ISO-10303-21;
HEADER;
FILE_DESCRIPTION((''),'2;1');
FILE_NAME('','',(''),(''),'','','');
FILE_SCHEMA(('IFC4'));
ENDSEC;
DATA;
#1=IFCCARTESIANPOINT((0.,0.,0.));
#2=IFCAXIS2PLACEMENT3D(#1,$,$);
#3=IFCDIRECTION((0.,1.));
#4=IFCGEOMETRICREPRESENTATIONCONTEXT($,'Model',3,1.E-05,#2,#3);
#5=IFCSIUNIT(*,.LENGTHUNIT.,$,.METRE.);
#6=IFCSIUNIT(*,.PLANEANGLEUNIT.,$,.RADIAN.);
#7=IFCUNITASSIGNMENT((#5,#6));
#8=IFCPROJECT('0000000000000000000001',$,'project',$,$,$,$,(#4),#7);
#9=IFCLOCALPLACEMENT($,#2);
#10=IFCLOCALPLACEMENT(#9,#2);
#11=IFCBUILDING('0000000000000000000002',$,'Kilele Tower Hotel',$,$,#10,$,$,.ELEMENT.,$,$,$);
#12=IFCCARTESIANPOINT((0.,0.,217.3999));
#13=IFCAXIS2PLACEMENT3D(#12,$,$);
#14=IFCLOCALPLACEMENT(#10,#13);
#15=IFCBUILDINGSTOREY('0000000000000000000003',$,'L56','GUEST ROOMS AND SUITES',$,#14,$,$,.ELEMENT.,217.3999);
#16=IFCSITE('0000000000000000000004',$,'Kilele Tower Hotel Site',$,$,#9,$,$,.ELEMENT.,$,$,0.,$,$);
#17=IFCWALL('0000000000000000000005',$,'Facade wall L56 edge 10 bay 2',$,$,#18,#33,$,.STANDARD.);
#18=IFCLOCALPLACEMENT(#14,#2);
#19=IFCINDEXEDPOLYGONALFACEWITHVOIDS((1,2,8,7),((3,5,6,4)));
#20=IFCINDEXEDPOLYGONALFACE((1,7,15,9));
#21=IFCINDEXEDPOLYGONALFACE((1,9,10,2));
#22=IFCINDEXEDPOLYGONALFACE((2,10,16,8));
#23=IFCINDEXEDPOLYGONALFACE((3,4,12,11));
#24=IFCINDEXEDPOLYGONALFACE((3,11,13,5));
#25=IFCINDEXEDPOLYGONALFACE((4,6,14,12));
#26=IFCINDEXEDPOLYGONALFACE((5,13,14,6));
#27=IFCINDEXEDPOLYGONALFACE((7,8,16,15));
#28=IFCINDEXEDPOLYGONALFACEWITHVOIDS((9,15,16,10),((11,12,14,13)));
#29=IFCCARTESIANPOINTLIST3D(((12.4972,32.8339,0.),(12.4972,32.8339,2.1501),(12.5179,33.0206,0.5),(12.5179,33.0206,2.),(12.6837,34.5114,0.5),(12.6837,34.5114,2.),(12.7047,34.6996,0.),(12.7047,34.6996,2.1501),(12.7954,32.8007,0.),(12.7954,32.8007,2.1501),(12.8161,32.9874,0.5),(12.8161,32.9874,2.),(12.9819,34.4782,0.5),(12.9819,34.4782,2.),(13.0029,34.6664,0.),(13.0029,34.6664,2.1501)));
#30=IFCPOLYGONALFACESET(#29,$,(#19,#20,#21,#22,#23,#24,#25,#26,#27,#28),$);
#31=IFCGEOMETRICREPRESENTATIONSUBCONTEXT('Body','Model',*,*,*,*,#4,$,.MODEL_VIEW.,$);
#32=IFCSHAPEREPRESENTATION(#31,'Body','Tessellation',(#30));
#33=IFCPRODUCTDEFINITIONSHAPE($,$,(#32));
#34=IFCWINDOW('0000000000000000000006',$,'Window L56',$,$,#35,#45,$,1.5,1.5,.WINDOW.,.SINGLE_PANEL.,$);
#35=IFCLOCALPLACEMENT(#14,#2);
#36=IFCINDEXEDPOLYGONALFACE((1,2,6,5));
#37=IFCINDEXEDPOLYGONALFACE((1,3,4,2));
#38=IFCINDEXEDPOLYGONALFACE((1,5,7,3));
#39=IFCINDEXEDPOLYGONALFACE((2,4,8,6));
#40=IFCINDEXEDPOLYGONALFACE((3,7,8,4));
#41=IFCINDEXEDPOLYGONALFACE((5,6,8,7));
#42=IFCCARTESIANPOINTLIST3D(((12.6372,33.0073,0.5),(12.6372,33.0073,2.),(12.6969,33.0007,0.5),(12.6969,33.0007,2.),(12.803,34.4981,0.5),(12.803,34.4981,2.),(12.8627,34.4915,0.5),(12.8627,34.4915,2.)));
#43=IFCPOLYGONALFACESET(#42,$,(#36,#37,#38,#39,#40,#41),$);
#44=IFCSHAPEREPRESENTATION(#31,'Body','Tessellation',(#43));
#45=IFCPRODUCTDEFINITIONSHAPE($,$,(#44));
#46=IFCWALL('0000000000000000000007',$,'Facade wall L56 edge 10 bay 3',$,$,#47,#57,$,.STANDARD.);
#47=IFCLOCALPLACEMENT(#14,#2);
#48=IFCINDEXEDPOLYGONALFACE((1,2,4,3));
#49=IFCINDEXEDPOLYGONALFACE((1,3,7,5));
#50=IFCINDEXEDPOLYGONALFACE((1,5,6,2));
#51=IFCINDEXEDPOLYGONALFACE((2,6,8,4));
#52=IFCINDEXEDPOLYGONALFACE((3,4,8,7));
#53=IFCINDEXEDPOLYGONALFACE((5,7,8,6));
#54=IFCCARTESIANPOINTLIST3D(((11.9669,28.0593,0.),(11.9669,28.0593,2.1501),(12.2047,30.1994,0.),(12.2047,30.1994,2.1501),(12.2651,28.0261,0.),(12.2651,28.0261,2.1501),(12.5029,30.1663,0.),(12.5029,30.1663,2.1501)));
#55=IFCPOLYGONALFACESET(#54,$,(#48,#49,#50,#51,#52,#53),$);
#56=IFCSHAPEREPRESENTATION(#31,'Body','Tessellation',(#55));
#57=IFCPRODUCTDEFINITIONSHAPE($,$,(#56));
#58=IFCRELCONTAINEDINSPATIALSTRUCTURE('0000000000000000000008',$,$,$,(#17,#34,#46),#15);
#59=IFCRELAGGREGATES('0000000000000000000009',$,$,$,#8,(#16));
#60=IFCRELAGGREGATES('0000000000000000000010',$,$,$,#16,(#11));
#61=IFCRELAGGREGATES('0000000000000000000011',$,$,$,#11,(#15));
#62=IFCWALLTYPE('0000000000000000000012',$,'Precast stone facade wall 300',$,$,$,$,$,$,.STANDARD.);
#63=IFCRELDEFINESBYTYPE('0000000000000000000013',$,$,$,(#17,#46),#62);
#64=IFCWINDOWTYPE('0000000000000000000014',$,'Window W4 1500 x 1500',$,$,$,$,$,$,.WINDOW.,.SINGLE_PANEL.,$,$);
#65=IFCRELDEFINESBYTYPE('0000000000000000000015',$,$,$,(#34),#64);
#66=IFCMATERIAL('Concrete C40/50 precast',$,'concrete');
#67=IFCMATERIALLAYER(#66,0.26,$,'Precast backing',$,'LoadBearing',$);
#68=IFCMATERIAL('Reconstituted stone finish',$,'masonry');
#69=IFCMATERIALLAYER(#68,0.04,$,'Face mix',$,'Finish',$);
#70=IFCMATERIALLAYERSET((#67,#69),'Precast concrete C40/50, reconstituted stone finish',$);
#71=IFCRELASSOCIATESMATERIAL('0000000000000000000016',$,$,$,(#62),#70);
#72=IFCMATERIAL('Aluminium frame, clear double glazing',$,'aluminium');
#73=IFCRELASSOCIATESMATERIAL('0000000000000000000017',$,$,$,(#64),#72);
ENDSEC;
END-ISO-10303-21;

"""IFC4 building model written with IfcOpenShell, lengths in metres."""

from ifc_helpers import new_model, si_unit, direction, frame, frame_2d, origin, place, context, subcontext, project, spatial, rectangle, extrude, material, layer, layer_set, type_object, element, fill, save


model = new_model("IFC4")

# Units and contexts
model_context = context("Model", 3, precision=1e-05, world=origin(), true_north=direction((0.0, 1.0)))
body_context = subcontext(model_context, "Body", "Model", "MODEL_VIEW")
ifc_project = project(units=[si_unit("LENGTHUNIT", "METRE"), si_unit("PLANEANGLEUNIT", "RADIAN")], contexts=[model_context])

# Site, building, storey
site_placement = place(None, origin())
site = spatial("IfcSite", under=ifc_project, at=site_placement, Name="Kilele Tower Hotel Site", CompositionType="ELEMENT", RefElevation=0.0)
building_placement = place(site_placement, origin())
building = spatial("IfcBuilding", under=site, at=building_placement, Name="Kilele Tower Hotel", CompositionType="ELEMENT")
storey_placement = place(building_placement, frame((0.0, 0.0, 217.3999)))
storey = spatial("IfcBuildingStorey", under=building, at=storey_placement, Name="L56", Description="GUEST ROOMS AND SUITES", CompositionType="ELEMENT", Elevation=217.3999)

# Wall, opening, window
ifc_material_1 = material(Name="Concrete C40/50 precast", Category="concrete")
ifc_layer_1 = layer(ifc_material_1, 0.26, Name="Precast backing", Category="LoadBearing")
ifc_material_2 = material(Name="Reconstituted stone finish", Category="masonry")
ifc_layer_2 = layer(ifc_material_2, 0.04, Name="Face mix", Category="Finish")
ifc_layer_set_1 = layer_set([ifc_layer_1, ifc_layer_2], Name="Precast concrete C40/50, reconstituted stone finish")
wall_type_1 = type_object("IfcWallType", Name="Precast stone facade wall 300", PredefinedType="STANDARD", material=ifc_layer_set_1)
ifc_material_3 = material(Name="Aluminium frame, clear double glazing", Category="aluminium")
window_type = type_object("IfcWindowType", Name="Window W4 1500 x 1500", PartitioningType="SINGLE_PANEL", PredefinedType="WINDOW", material=ifc_material_3)
wall_1_placement = place(storey_placement, frame((12.8538, 34.6829, 0.0), z_axis=(0.0, 0.0, 1.0), x_axis=(-0.110546, -0.993871, 0.0)))
wall_1 = element("IfcWall", 1, at=wall_1_placement, inside=storey, type_object=wall_type_1, Name="Facade wall L56 edge 10 bay 2", PredefinedType="STANDARD", context=body_context, shape_type="SweptSolid", body=[
    extrude(rectangle(XDim=1.8772, YDim=0.3, at=frame_2d((0.9385, 0.0))), origin(), (0.0, 0.0, 1.0), 2.1501),
])
opening_1_placement = place(wall_1_placement, frame((0.1892, 0.0, 0.5)))
opening_1 = element("IfcOpeningElement", 2, at=opening_1_placement, cuts=wall_1, PredefinedType="OPENING", context=body_context, shape_type="SweptSolid", body=[
    extrude(rectangle(XDim=1.5, YDim=1.5, at=frame_2d((0.75, 0.75))), frame((0.0, 0.1599, 0.0), z_axis=(0.0, -1.0, 0.0), x_axis=(1.0, 0.0, 0.0)), (0.0, 0.0, 1.0), 0.3201),
])
window_1_placement = place(opening_1_placement, origin())
window_1 = element("IfcWindow", 3, at=window_1_placement, inside=storey, type_object=window_type, Name="Window L56", OverallHeight=1.5, OverallWidth=1.5, PartitioningType="SINGLE_PANEL", PredefinedType="WINDOW", context=body_context, shape_type="SweptSolid", body=[
    extrude(rectangle(XDim=1.5, YDim=1.5, at=frame_2d((0.75, 0.75))), frame((0.0, 0.03, 0.0), z_axis=(0.0, -1.0, 0.0), x_axis=(1.0, 0.0, 0.0)), (0.0, 0.0, 1.0), 0.0601),
])
fill(opening_1, window_1)

# Wall
wall_2_placement = place(storey_placement, frame((12.3538, 30.1829, 0.0), z_axis=(0.0, 0.0, 1.0), x_axis=(-0.110432, -0.993884, 0.0)))
element("IfcWall", 4, at=wall_2_placement, inside=storey, type_object=wall_type_1, Name="Facade wall L56 edge 10 bay 3", PredefinedType="STANDARD", context=body_context, shape_type="SweptSolid", body=[
    extrude(rectangle(XDim=2.1533, YDim=0.3, at=frame_2d((1.0767, 0.0))), origin(), (0.0, 0.0, 1.0), 2.1501),
])

save(model, "model.ifc")
